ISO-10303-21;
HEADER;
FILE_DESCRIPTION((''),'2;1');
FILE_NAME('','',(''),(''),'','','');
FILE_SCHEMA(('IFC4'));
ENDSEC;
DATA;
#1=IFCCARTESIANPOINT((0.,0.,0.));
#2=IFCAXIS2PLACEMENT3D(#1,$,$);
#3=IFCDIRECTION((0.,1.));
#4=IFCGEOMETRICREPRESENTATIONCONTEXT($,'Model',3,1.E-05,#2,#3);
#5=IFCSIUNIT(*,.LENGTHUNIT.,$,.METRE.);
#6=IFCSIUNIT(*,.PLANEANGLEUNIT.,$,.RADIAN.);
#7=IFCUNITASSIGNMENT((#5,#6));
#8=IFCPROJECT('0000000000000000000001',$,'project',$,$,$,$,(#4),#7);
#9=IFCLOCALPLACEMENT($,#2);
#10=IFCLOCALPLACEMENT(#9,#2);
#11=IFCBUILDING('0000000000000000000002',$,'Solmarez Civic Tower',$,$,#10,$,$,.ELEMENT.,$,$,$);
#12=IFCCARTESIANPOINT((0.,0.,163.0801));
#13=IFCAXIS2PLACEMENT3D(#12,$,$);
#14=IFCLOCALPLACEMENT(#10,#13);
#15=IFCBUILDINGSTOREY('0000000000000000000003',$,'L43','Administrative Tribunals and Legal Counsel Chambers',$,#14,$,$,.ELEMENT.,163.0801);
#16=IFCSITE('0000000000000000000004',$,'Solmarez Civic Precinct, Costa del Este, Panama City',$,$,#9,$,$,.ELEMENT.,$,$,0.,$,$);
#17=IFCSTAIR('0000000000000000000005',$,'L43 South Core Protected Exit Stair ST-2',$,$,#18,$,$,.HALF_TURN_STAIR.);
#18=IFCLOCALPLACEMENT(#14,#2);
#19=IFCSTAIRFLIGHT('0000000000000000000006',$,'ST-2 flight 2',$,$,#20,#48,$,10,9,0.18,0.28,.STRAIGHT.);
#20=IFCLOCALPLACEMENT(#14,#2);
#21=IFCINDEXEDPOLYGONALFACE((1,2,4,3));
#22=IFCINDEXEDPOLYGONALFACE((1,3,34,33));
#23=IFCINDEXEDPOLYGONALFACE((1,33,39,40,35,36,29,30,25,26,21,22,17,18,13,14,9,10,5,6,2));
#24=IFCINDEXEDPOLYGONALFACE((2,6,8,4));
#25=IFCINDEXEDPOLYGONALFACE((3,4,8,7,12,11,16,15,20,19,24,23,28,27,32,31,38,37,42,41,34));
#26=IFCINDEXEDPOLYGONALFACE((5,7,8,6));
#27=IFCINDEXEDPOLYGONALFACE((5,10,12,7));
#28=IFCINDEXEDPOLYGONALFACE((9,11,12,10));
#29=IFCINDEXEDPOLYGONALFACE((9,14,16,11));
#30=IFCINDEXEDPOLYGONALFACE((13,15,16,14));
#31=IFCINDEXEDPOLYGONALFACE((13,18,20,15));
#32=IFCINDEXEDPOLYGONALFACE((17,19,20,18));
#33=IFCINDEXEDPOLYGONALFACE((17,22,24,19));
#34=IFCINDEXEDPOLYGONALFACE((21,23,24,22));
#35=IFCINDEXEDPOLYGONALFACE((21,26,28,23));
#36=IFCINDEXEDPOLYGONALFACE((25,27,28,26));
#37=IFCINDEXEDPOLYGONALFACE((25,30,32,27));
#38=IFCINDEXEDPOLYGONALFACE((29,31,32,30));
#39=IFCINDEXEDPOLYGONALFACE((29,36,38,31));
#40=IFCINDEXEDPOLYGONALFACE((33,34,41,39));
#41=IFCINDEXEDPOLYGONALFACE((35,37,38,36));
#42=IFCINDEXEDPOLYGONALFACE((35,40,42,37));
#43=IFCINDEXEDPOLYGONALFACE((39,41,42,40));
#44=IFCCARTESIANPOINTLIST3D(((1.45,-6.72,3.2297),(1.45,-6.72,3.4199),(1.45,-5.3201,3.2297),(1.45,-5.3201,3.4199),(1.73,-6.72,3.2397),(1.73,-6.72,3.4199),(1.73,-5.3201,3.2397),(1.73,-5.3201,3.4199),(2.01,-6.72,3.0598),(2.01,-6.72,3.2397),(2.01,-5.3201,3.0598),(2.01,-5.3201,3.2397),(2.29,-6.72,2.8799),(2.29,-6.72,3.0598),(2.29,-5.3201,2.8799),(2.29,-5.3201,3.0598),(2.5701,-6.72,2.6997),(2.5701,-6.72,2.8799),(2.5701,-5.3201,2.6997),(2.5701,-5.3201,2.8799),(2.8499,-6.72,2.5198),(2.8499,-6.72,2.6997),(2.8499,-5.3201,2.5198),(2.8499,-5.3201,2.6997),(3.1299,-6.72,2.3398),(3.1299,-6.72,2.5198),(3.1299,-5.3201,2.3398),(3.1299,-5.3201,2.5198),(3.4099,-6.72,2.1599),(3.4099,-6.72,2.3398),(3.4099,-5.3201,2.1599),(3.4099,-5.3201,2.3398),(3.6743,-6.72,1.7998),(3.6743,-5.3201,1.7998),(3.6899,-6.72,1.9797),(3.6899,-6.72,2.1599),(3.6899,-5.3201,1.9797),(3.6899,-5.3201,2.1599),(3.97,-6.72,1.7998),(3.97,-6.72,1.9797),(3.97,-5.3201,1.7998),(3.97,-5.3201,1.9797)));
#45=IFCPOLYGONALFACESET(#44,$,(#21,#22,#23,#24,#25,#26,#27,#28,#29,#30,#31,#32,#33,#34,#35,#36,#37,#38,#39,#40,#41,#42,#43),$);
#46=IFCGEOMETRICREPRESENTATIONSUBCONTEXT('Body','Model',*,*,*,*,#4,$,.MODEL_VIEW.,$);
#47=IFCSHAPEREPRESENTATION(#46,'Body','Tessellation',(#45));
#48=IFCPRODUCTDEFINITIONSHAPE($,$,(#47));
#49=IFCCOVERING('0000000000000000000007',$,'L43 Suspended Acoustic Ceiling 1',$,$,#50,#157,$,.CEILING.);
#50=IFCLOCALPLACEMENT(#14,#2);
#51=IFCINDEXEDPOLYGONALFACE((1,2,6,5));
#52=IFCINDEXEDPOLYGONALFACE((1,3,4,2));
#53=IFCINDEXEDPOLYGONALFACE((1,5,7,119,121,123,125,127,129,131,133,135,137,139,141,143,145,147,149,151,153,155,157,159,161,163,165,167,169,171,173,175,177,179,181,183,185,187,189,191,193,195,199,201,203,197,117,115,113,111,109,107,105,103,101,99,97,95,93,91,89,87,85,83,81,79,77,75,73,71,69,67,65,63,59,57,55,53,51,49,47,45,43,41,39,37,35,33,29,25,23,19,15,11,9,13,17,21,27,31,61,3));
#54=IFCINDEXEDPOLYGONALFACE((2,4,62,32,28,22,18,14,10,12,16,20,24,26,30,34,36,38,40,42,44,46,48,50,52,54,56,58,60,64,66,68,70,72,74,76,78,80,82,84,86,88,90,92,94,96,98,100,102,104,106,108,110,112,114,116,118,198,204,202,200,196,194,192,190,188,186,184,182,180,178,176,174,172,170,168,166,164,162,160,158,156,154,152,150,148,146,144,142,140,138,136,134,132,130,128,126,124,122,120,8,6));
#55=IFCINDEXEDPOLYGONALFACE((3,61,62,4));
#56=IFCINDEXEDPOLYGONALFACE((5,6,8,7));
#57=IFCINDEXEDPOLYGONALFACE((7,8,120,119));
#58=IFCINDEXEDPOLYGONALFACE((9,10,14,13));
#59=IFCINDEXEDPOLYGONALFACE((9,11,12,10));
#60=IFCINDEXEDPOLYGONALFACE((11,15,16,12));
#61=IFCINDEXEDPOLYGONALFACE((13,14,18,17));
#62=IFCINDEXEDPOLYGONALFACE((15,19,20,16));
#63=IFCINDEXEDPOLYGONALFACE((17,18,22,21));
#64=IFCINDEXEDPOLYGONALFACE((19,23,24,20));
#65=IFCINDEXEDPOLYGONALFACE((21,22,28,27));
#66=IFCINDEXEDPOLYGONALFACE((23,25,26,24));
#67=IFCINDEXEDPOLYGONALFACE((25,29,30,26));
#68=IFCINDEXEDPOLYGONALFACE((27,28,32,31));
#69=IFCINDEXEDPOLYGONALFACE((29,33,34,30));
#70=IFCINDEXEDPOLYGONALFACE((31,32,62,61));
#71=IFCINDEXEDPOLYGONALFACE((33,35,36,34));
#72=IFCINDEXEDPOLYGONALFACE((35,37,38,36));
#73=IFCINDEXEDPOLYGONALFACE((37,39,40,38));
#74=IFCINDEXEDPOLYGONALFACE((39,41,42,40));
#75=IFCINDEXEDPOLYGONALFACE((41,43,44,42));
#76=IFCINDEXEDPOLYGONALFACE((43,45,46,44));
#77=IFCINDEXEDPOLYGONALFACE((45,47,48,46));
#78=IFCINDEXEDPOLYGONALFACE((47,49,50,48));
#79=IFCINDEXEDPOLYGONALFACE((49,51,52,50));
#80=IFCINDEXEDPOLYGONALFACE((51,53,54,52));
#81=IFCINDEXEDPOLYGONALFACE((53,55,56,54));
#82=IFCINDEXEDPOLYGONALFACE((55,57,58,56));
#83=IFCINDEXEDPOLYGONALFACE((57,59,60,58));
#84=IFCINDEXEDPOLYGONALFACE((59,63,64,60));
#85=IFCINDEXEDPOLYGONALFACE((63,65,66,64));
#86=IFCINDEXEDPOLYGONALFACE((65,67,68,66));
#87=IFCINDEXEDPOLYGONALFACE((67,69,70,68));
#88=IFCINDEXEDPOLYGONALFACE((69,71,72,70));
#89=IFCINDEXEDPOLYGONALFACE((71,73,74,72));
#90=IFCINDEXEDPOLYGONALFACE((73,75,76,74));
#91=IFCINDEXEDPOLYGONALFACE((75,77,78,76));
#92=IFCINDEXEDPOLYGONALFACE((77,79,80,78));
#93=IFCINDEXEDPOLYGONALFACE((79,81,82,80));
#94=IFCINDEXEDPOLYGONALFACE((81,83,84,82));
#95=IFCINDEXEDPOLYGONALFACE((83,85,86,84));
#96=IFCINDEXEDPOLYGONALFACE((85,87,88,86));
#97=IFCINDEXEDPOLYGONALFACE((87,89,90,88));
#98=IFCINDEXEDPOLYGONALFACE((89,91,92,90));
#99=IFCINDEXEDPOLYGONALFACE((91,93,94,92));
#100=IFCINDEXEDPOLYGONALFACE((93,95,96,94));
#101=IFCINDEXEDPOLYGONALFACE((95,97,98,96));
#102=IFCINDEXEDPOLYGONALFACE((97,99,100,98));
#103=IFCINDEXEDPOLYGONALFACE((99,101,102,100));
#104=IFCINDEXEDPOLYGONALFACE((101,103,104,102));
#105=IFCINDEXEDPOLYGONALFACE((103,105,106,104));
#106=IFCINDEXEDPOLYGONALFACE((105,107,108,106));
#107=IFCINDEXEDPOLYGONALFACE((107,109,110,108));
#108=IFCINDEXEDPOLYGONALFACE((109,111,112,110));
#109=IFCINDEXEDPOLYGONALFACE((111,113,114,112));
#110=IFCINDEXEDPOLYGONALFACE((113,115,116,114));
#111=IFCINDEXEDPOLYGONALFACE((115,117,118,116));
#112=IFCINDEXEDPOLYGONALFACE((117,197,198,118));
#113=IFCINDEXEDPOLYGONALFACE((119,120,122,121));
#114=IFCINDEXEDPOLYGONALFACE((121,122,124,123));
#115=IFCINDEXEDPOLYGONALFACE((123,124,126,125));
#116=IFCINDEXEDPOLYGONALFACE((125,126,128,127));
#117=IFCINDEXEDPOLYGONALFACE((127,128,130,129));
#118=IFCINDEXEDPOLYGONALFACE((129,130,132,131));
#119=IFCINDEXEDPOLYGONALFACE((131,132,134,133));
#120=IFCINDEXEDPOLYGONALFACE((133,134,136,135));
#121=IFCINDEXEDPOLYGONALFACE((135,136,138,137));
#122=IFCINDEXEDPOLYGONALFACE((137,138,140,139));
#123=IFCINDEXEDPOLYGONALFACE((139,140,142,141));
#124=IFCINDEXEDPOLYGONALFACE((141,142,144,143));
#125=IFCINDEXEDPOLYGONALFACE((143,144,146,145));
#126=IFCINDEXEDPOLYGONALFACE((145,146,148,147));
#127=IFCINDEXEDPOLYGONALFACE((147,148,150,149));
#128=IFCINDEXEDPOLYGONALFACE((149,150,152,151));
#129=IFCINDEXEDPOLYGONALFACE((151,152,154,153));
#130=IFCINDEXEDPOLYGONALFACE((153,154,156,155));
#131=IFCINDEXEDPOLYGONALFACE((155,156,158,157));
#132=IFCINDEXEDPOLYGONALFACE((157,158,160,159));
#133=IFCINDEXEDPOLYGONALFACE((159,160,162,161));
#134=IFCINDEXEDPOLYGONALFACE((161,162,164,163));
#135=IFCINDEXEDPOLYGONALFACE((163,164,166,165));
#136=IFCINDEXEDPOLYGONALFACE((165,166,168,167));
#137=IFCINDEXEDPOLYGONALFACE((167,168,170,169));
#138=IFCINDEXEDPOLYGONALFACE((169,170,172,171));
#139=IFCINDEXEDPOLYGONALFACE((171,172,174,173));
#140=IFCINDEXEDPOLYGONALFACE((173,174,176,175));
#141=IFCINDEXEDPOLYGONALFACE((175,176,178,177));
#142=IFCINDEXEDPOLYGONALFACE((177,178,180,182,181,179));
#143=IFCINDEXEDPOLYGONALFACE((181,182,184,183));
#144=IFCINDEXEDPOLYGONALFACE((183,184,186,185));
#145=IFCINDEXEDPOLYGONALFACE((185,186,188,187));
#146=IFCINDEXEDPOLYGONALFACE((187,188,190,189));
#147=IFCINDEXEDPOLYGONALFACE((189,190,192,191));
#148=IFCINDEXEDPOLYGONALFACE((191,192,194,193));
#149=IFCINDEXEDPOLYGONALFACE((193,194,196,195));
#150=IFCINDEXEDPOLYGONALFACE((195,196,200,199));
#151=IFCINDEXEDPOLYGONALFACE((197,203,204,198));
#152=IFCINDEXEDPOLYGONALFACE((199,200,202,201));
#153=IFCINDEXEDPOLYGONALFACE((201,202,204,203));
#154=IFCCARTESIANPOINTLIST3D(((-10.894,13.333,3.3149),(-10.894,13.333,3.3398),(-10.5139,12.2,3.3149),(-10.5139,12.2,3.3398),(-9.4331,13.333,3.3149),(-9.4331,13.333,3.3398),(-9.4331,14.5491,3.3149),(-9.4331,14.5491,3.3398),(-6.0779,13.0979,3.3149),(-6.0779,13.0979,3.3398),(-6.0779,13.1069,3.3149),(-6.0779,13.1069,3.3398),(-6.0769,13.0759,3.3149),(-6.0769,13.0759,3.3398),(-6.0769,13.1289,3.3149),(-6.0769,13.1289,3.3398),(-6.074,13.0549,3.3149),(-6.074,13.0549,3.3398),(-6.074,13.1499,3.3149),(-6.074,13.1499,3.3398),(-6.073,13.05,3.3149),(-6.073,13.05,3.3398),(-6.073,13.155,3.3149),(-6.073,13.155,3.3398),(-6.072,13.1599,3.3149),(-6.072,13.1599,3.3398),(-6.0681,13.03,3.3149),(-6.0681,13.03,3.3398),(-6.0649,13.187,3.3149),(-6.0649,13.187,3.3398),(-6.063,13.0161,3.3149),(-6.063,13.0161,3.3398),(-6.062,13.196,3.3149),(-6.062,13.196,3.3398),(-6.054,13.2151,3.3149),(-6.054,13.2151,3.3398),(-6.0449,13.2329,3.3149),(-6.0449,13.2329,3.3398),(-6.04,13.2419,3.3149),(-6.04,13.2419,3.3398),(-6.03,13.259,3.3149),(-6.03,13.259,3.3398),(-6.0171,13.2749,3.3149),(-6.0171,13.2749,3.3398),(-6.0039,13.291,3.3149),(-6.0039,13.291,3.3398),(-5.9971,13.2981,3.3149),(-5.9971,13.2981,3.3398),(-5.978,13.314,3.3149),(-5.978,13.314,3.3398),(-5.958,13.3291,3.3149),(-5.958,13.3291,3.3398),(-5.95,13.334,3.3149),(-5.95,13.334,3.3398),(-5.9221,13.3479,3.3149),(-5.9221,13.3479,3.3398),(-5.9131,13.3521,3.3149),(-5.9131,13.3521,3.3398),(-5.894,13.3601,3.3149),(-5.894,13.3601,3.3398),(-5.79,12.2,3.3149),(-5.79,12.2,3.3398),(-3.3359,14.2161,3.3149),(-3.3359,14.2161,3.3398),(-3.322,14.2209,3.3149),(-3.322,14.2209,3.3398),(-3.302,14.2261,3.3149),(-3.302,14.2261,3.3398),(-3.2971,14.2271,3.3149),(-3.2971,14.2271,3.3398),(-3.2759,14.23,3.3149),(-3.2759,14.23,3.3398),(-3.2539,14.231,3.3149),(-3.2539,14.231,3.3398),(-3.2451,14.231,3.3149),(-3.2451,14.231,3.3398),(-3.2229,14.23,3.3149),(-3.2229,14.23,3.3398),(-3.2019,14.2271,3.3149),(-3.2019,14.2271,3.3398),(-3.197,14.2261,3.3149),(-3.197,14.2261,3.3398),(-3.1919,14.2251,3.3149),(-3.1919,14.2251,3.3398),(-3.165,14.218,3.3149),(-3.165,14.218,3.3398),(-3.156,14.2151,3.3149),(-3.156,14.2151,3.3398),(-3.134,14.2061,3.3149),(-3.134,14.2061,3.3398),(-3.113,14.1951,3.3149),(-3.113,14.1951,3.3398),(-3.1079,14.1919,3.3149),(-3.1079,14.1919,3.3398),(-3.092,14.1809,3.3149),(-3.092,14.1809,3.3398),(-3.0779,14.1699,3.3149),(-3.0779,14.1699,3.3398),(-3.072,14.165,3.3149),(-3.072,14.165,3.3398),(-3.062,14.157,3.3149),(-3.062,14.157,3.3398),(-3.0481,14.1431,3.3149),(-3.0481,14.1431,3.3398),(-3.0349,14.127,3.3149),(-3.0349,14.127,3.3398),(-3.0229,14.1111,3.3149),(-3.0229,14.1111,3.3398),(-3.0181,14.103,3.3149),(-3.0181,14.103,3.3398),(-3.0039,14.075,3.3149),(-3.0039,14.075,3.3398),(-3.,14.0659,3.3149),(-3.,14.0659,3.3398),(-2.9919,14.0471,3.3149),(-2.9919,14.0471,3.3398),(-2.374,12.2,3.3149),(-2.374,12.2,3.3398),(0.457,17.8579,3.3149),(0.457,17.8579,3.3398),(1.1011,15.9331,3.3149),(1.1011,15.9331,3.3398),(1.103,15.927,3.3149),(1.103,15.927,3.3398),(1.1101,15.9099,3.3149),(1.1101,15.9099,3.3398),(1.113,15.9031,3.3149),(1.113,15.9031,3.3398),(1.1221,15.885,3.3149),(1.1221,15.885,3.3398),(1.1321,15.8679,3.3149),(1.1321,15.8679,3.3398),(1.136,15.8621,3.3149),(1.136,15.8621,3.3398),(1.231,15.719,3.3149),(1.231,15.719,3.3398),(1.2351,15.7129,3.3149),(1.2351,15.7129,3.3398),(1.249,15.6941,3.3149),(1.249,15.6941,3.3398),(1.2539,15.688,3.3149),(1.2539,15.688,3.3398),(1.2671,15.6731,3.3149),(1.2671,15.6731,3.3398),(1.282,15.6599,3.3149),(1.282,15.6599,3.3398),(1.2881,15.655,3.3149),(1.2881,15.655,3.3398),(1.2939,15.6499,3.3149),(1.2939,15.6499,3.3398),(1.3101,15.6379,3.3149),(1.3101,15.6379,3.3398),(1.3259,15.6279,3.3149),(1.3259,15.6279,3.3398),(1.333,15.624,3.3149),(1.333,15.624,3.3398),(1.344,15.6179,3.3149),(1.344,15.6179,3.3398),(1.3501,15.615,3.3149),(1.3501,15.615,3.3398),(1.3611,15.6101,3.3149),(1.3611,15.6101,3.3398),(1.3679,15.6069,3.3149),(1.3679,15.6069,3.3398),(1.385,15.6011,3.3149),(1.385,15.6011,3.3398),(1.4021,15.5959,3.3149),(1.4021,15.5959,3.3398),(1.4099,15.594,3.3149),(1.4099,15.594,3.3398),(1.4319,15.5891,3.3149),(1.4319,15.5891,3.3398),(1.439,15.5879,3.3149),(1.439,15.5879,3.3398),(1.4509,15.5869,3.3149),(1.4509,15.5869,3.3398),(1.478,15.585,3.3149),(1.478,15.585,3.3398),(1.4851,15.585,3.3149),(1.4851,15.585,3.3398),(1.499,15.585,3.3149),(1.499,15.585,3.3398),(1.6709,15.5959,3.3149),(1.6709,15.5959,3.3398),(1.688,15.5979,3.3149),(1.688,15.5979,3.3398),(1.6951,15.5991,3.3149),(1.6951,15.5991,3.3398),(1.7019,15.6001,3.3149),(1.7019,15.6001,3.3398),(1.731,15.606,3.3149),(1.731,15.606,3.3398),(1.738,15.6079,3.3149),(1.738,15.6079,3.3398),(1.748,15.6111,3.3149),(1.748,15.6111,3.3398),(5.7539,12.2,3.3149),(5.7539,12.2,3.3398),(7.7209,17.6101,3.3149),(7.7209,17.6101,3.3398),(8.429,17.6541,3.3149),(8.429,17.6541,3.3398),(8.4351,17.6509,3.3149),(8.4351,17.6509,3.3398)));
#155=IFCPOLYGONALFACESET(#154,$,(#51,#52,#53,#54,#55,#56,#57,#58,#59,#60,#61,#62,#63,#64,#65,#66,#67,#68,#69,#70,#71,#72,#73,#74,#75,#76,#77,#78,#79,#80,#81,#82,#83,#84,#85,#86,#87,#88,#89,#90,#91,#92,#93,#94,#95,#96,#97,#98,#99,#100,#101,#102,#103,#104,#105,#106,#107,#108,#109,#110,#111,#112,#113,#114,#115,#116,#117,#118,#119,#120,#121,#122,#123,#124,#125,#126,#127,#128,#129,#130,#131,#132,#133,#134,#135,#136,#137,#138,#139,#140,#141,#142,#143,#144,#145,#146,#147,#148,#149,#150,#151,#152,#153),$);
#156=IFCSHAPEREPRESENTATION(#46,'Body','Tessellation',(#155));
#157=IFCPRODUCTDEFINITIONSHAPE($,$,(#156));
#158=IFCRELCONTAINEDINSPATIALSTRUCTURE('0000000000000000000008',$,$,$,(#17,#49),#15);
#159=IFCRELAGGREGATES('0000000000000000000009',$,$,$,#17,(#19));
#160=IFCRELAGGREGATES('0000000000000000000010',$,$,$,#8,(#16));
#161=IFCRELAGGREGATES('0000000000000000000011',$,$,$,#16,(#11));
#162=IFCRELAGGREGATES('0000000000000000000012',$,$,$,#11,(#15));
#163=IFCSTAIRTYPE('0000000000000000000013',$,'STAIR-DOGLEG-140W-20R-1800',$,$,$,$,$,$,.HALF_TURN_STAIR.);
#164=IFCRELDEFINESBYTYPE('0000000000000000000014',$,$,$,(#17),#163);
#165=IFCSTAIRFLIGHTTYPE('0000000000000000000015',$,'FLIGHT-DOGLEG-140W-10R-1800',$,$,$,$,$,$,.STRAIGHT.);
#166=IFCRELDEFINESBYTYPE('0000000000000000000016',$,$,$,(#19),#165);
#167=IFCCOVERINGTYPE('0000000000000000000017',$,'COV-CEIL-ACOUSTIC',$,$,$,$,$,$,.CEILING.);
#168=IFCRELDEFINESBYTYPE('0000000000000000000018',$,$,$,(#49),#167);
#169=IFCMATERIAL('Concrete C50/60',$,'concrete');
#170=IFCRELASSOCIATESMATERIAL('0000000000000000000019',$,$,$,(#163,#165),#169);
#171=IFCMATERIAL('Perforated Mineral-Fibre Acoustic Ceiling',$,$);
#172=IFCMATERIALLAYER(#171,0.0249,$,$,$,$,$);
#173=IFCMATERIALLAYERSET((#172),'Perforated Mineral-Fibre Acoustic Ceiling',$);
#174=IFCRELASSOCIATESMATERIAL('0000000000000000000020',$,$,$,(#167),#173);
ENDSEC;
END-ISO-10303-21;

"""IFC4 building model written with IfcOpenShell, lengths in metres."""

from ifc_helpers import new_model, si_unit, direction, frame, origin, place, context, subcontext, project, spatial, polyline, outline, extrude, material, layer, layer_set, type_object, element, aggregate, save


model = new_model("IFC4")

# Units and contexts
model_context = context("Model", 3, precision=1e-05, world=origin(), true_north=direction((0.0, 1.0)))
body_context = subcontext(model_context, "Body", "Model", "MODEL_VIEW")
ifc_project = project(units=[si_unit("LENGTHUNIT", "METRE"), si_unit("PLANEANGLEUNIT", "RADIAN")], contexts=[model_context])

# Site, building, storey
site_placement = place(None, origin())
site = spatial("IfcSite", under=ifc_project, at=site_placement, Name="Solmarez Civic Precinct, Costa del Este, Panama City", CompositionType="ELEMENT", RefElevation=0.0)
building_placement = place(site_placement, origin())
building = spatial("IfcBuilding", under=site, at=building_placement, Name="Solmarez Civic Tower", CompositionType="ELEMENT")
storey_placement = place(building_placement, frame((0.0, 0.0, 163.0801)))
storey = spatial("IfcBuildingStorey", under=building, at=storey_placement, Name="L43", Description="Administrative Tribunals and Legal Counsel Chambers", CompositionType="ELEMENT", Elevation=163.0801)

# Shared definitions
ifc_material_1 = material(Name="Concrete C50/60", Category="concrete")

# Stair
stair_type = type_object("IfcStairType", Name="STAIR-DOGLEG-140W-20R-1800", PredefinedType="HALF_TURN_STAIR", material=ifc_material_1)
stair_1_placement = place(storey_placement, origin())
stair_1 = element("IfcStair", 1, at=stair_1_placement, inside=storey, type_object=stair_type, Name="L43 South Core Protected Exit Stair ST-2", PredefinedType="HALF_TURN_STAIR")

# Stair flight
stair_flight_type = type_object("IfcStairFlightType", Name="FLIGHT-DOGLEG-140W-10R-1800", PredefinedType="STRAIGHT", material=ifc_material_1)
stair_flight_1_placement = place(storey_placement, frame((3.97, -6.02, 1.7998), z_axis=(0.0, 0.0, 1.0), x_axis=(-1.0, 0.0, 0.0)))
stair_flight_1 = element("IfcStairFlight", 2, at=stair_flight_1_placement, type_object=stair_flight_type, Name="ST-2 flight 2", NumberOfRisers=10, NumberOfTreads=9, PredefinedType="STRAIGHT", RiserHeight=0.18, TreadLength=0.28, context=body_context, shape_type="SweptSolid", body=[
    extrude(outline(polyline([(0.0, 0.0), (0.0, 0.1799), (0.28, 0.1799), (0.28, 0.3601), (0.5601, 0.3601), (0.5601, 0.54), (0.8401, 0.54), (0.8401, 0.72), (1.1201, 0.72), (1.1201, 0.8999), (1.3999, 0.8999), (1.3999, 1.0801), (1.6799, 1.0801), (1.6799, 1.26), (1.96, 1.26), (1.96, 1.4399), (2.24, 1.4399), (2.24, 1.6201), (2.52, 1.6201), (2.52, 1.8), (2.52, 1.4299), (0.2957, 0.0), (0.0, 0.0)])), frame((0.0, 0.7, 0.0), z_axis=(0.0, -1.0, 0.0), x_axis=(1.0, 0.0, 0.0)), (0.0, 0.0, 1.0), 1.3999),
])
aggregate(stair_1, [stair_flight_1])

# Covering
ifc_material_2 = material(Name="Perforated Mineral-Fibre Acoustic Ceiling")
ifc_layer_1 = layer(ifc_material_2, 0.0249)
ifc_layer_set_1 = layer_set([ifc_layer_1], Name="Perforated Mineral-Fibre Acoustic Ceiling")
covering_type_1 = type_object("IfcCoveringType", Name="COV-CEIL-ACOUSTIC", PredefinedType="CEILING", material=ifc_layer_set_1)
covering_1_placement = place(storey_placement, frame((0.0, 0.0, 3.3149)))
element("IfcCovering", 3, at=covering_1_placement, inside=storey, type_object=covering_type_1, Name="L43 Suspended Acoustic Ceiling 1", PredefinedType="CEILING", context=body_context, shape_type="SweptSolid", body=[
    extrude(outline(polyline([(-9.4331, 14.5491), (-9.4331, 13.333), (-10.894, 13.333), (-10.5139, 12.2), (-5.79, 12.2), (-6.063, 13.0161), (-6.0681, 13.03), (-6.073, 13.05), (-6.074, 13.0549), (-6.0769, 13.0759), (-6.0779, 13.0979), (-6.0779, 13.1069), (-6.0769, 13.1289), (-6.074, 13.1499), (-6.073, 13.155), (-6.072, 13.1599), (-6.0649, 13.187), (-6.062, 13.196), (-6.054, 13.2151), (-6.0449, 13.2329), (-6.04, 13.2419), (-6.03, 13.259), (-6.0171, 13.2749), (-6.0039, 13.291), (-5.9971, 13.2981), (-5.978, 13.314), (-5.958, 13.3291), (-5.95, 13.334), (-5.9221, 13.3479), (-5.9131, 13.3521), (-5.894, 13.3601), (-3.3359, 14.2161), (-3.322, 14.2209), (-3.302, 14.2261), (-3.2971, 14.2271), (-3.2759, 14.23), (-3.2539, 14.231), (-3.2451, 14.231), (-3.2229, 14.23), (-3.2019, 14.2271), (-3.197, 14.2261), (-3.1919, 14.2251), (-3.165, 14.218), (-3.156, 14.2151), (-3.134, 14.2061), (-3.113, 14.1951), (-3.1079, 14.1919), (-3.092, 14.1809), (-3.0779, 14.1699), (-3.072, 14.165), (-3.062, 14.157), (-3.0481, 14.1431), (-3.0349, 14.127), (-3.0229, 14.1111), (-3.0181, 14.103), (-3.0039, 14.075), (-3.0, 14.0659), (-2.9919, 14.0471), (-2.374, 12.2), (5.7539, 12.2), (8.4351, 17.6509), (8.429, 17.6541), (7.7209, 17.6101), (1.748, 15.6111), (1.738, 15.6079), (1.731, 15.606), (1.7019, 15.6001), (1.6951, 15.5991), (1.688, 15.5979), (1.6709, 15.5959), (1.499, 15.585), (1.4851, 15.585), (1.478, 15.585), (1.4509, 15.5869), (1.439, 15.5879), (1.4319, 15.5891), (1.4099, 15.594), (1.4021, 15.5959), (1.385, 15.6011), (1.3679, 15.6069), (1.3611, 15.6101), (1.3501, 15.615), (1.344, 15.6179), (1.333, 15.624), (1.3259, 15.6279), (1.3101, 15.6379), (1.2939, 15.6499), (1.2881, 15.655), (1.282, 15.6599), (1.2671, 15.6731), (1.2539, 15.688), (1.249, 15.6941), (1.2351, 15.7129), (1.231, 15.719), (1.136, 15.8621), (1.1321, 15.8679), (1.1221, 15.885), (1.113, 15.9031), (1.1101, 15.9099), (1.103, 15.927), (1.1011, 15.9331), (0.457, 17.8579), (-9.4331, 14.5491)])), origin(), (0.0, 0.0, 1.0), 0.0249),
])

save(model, "model.ifc")
